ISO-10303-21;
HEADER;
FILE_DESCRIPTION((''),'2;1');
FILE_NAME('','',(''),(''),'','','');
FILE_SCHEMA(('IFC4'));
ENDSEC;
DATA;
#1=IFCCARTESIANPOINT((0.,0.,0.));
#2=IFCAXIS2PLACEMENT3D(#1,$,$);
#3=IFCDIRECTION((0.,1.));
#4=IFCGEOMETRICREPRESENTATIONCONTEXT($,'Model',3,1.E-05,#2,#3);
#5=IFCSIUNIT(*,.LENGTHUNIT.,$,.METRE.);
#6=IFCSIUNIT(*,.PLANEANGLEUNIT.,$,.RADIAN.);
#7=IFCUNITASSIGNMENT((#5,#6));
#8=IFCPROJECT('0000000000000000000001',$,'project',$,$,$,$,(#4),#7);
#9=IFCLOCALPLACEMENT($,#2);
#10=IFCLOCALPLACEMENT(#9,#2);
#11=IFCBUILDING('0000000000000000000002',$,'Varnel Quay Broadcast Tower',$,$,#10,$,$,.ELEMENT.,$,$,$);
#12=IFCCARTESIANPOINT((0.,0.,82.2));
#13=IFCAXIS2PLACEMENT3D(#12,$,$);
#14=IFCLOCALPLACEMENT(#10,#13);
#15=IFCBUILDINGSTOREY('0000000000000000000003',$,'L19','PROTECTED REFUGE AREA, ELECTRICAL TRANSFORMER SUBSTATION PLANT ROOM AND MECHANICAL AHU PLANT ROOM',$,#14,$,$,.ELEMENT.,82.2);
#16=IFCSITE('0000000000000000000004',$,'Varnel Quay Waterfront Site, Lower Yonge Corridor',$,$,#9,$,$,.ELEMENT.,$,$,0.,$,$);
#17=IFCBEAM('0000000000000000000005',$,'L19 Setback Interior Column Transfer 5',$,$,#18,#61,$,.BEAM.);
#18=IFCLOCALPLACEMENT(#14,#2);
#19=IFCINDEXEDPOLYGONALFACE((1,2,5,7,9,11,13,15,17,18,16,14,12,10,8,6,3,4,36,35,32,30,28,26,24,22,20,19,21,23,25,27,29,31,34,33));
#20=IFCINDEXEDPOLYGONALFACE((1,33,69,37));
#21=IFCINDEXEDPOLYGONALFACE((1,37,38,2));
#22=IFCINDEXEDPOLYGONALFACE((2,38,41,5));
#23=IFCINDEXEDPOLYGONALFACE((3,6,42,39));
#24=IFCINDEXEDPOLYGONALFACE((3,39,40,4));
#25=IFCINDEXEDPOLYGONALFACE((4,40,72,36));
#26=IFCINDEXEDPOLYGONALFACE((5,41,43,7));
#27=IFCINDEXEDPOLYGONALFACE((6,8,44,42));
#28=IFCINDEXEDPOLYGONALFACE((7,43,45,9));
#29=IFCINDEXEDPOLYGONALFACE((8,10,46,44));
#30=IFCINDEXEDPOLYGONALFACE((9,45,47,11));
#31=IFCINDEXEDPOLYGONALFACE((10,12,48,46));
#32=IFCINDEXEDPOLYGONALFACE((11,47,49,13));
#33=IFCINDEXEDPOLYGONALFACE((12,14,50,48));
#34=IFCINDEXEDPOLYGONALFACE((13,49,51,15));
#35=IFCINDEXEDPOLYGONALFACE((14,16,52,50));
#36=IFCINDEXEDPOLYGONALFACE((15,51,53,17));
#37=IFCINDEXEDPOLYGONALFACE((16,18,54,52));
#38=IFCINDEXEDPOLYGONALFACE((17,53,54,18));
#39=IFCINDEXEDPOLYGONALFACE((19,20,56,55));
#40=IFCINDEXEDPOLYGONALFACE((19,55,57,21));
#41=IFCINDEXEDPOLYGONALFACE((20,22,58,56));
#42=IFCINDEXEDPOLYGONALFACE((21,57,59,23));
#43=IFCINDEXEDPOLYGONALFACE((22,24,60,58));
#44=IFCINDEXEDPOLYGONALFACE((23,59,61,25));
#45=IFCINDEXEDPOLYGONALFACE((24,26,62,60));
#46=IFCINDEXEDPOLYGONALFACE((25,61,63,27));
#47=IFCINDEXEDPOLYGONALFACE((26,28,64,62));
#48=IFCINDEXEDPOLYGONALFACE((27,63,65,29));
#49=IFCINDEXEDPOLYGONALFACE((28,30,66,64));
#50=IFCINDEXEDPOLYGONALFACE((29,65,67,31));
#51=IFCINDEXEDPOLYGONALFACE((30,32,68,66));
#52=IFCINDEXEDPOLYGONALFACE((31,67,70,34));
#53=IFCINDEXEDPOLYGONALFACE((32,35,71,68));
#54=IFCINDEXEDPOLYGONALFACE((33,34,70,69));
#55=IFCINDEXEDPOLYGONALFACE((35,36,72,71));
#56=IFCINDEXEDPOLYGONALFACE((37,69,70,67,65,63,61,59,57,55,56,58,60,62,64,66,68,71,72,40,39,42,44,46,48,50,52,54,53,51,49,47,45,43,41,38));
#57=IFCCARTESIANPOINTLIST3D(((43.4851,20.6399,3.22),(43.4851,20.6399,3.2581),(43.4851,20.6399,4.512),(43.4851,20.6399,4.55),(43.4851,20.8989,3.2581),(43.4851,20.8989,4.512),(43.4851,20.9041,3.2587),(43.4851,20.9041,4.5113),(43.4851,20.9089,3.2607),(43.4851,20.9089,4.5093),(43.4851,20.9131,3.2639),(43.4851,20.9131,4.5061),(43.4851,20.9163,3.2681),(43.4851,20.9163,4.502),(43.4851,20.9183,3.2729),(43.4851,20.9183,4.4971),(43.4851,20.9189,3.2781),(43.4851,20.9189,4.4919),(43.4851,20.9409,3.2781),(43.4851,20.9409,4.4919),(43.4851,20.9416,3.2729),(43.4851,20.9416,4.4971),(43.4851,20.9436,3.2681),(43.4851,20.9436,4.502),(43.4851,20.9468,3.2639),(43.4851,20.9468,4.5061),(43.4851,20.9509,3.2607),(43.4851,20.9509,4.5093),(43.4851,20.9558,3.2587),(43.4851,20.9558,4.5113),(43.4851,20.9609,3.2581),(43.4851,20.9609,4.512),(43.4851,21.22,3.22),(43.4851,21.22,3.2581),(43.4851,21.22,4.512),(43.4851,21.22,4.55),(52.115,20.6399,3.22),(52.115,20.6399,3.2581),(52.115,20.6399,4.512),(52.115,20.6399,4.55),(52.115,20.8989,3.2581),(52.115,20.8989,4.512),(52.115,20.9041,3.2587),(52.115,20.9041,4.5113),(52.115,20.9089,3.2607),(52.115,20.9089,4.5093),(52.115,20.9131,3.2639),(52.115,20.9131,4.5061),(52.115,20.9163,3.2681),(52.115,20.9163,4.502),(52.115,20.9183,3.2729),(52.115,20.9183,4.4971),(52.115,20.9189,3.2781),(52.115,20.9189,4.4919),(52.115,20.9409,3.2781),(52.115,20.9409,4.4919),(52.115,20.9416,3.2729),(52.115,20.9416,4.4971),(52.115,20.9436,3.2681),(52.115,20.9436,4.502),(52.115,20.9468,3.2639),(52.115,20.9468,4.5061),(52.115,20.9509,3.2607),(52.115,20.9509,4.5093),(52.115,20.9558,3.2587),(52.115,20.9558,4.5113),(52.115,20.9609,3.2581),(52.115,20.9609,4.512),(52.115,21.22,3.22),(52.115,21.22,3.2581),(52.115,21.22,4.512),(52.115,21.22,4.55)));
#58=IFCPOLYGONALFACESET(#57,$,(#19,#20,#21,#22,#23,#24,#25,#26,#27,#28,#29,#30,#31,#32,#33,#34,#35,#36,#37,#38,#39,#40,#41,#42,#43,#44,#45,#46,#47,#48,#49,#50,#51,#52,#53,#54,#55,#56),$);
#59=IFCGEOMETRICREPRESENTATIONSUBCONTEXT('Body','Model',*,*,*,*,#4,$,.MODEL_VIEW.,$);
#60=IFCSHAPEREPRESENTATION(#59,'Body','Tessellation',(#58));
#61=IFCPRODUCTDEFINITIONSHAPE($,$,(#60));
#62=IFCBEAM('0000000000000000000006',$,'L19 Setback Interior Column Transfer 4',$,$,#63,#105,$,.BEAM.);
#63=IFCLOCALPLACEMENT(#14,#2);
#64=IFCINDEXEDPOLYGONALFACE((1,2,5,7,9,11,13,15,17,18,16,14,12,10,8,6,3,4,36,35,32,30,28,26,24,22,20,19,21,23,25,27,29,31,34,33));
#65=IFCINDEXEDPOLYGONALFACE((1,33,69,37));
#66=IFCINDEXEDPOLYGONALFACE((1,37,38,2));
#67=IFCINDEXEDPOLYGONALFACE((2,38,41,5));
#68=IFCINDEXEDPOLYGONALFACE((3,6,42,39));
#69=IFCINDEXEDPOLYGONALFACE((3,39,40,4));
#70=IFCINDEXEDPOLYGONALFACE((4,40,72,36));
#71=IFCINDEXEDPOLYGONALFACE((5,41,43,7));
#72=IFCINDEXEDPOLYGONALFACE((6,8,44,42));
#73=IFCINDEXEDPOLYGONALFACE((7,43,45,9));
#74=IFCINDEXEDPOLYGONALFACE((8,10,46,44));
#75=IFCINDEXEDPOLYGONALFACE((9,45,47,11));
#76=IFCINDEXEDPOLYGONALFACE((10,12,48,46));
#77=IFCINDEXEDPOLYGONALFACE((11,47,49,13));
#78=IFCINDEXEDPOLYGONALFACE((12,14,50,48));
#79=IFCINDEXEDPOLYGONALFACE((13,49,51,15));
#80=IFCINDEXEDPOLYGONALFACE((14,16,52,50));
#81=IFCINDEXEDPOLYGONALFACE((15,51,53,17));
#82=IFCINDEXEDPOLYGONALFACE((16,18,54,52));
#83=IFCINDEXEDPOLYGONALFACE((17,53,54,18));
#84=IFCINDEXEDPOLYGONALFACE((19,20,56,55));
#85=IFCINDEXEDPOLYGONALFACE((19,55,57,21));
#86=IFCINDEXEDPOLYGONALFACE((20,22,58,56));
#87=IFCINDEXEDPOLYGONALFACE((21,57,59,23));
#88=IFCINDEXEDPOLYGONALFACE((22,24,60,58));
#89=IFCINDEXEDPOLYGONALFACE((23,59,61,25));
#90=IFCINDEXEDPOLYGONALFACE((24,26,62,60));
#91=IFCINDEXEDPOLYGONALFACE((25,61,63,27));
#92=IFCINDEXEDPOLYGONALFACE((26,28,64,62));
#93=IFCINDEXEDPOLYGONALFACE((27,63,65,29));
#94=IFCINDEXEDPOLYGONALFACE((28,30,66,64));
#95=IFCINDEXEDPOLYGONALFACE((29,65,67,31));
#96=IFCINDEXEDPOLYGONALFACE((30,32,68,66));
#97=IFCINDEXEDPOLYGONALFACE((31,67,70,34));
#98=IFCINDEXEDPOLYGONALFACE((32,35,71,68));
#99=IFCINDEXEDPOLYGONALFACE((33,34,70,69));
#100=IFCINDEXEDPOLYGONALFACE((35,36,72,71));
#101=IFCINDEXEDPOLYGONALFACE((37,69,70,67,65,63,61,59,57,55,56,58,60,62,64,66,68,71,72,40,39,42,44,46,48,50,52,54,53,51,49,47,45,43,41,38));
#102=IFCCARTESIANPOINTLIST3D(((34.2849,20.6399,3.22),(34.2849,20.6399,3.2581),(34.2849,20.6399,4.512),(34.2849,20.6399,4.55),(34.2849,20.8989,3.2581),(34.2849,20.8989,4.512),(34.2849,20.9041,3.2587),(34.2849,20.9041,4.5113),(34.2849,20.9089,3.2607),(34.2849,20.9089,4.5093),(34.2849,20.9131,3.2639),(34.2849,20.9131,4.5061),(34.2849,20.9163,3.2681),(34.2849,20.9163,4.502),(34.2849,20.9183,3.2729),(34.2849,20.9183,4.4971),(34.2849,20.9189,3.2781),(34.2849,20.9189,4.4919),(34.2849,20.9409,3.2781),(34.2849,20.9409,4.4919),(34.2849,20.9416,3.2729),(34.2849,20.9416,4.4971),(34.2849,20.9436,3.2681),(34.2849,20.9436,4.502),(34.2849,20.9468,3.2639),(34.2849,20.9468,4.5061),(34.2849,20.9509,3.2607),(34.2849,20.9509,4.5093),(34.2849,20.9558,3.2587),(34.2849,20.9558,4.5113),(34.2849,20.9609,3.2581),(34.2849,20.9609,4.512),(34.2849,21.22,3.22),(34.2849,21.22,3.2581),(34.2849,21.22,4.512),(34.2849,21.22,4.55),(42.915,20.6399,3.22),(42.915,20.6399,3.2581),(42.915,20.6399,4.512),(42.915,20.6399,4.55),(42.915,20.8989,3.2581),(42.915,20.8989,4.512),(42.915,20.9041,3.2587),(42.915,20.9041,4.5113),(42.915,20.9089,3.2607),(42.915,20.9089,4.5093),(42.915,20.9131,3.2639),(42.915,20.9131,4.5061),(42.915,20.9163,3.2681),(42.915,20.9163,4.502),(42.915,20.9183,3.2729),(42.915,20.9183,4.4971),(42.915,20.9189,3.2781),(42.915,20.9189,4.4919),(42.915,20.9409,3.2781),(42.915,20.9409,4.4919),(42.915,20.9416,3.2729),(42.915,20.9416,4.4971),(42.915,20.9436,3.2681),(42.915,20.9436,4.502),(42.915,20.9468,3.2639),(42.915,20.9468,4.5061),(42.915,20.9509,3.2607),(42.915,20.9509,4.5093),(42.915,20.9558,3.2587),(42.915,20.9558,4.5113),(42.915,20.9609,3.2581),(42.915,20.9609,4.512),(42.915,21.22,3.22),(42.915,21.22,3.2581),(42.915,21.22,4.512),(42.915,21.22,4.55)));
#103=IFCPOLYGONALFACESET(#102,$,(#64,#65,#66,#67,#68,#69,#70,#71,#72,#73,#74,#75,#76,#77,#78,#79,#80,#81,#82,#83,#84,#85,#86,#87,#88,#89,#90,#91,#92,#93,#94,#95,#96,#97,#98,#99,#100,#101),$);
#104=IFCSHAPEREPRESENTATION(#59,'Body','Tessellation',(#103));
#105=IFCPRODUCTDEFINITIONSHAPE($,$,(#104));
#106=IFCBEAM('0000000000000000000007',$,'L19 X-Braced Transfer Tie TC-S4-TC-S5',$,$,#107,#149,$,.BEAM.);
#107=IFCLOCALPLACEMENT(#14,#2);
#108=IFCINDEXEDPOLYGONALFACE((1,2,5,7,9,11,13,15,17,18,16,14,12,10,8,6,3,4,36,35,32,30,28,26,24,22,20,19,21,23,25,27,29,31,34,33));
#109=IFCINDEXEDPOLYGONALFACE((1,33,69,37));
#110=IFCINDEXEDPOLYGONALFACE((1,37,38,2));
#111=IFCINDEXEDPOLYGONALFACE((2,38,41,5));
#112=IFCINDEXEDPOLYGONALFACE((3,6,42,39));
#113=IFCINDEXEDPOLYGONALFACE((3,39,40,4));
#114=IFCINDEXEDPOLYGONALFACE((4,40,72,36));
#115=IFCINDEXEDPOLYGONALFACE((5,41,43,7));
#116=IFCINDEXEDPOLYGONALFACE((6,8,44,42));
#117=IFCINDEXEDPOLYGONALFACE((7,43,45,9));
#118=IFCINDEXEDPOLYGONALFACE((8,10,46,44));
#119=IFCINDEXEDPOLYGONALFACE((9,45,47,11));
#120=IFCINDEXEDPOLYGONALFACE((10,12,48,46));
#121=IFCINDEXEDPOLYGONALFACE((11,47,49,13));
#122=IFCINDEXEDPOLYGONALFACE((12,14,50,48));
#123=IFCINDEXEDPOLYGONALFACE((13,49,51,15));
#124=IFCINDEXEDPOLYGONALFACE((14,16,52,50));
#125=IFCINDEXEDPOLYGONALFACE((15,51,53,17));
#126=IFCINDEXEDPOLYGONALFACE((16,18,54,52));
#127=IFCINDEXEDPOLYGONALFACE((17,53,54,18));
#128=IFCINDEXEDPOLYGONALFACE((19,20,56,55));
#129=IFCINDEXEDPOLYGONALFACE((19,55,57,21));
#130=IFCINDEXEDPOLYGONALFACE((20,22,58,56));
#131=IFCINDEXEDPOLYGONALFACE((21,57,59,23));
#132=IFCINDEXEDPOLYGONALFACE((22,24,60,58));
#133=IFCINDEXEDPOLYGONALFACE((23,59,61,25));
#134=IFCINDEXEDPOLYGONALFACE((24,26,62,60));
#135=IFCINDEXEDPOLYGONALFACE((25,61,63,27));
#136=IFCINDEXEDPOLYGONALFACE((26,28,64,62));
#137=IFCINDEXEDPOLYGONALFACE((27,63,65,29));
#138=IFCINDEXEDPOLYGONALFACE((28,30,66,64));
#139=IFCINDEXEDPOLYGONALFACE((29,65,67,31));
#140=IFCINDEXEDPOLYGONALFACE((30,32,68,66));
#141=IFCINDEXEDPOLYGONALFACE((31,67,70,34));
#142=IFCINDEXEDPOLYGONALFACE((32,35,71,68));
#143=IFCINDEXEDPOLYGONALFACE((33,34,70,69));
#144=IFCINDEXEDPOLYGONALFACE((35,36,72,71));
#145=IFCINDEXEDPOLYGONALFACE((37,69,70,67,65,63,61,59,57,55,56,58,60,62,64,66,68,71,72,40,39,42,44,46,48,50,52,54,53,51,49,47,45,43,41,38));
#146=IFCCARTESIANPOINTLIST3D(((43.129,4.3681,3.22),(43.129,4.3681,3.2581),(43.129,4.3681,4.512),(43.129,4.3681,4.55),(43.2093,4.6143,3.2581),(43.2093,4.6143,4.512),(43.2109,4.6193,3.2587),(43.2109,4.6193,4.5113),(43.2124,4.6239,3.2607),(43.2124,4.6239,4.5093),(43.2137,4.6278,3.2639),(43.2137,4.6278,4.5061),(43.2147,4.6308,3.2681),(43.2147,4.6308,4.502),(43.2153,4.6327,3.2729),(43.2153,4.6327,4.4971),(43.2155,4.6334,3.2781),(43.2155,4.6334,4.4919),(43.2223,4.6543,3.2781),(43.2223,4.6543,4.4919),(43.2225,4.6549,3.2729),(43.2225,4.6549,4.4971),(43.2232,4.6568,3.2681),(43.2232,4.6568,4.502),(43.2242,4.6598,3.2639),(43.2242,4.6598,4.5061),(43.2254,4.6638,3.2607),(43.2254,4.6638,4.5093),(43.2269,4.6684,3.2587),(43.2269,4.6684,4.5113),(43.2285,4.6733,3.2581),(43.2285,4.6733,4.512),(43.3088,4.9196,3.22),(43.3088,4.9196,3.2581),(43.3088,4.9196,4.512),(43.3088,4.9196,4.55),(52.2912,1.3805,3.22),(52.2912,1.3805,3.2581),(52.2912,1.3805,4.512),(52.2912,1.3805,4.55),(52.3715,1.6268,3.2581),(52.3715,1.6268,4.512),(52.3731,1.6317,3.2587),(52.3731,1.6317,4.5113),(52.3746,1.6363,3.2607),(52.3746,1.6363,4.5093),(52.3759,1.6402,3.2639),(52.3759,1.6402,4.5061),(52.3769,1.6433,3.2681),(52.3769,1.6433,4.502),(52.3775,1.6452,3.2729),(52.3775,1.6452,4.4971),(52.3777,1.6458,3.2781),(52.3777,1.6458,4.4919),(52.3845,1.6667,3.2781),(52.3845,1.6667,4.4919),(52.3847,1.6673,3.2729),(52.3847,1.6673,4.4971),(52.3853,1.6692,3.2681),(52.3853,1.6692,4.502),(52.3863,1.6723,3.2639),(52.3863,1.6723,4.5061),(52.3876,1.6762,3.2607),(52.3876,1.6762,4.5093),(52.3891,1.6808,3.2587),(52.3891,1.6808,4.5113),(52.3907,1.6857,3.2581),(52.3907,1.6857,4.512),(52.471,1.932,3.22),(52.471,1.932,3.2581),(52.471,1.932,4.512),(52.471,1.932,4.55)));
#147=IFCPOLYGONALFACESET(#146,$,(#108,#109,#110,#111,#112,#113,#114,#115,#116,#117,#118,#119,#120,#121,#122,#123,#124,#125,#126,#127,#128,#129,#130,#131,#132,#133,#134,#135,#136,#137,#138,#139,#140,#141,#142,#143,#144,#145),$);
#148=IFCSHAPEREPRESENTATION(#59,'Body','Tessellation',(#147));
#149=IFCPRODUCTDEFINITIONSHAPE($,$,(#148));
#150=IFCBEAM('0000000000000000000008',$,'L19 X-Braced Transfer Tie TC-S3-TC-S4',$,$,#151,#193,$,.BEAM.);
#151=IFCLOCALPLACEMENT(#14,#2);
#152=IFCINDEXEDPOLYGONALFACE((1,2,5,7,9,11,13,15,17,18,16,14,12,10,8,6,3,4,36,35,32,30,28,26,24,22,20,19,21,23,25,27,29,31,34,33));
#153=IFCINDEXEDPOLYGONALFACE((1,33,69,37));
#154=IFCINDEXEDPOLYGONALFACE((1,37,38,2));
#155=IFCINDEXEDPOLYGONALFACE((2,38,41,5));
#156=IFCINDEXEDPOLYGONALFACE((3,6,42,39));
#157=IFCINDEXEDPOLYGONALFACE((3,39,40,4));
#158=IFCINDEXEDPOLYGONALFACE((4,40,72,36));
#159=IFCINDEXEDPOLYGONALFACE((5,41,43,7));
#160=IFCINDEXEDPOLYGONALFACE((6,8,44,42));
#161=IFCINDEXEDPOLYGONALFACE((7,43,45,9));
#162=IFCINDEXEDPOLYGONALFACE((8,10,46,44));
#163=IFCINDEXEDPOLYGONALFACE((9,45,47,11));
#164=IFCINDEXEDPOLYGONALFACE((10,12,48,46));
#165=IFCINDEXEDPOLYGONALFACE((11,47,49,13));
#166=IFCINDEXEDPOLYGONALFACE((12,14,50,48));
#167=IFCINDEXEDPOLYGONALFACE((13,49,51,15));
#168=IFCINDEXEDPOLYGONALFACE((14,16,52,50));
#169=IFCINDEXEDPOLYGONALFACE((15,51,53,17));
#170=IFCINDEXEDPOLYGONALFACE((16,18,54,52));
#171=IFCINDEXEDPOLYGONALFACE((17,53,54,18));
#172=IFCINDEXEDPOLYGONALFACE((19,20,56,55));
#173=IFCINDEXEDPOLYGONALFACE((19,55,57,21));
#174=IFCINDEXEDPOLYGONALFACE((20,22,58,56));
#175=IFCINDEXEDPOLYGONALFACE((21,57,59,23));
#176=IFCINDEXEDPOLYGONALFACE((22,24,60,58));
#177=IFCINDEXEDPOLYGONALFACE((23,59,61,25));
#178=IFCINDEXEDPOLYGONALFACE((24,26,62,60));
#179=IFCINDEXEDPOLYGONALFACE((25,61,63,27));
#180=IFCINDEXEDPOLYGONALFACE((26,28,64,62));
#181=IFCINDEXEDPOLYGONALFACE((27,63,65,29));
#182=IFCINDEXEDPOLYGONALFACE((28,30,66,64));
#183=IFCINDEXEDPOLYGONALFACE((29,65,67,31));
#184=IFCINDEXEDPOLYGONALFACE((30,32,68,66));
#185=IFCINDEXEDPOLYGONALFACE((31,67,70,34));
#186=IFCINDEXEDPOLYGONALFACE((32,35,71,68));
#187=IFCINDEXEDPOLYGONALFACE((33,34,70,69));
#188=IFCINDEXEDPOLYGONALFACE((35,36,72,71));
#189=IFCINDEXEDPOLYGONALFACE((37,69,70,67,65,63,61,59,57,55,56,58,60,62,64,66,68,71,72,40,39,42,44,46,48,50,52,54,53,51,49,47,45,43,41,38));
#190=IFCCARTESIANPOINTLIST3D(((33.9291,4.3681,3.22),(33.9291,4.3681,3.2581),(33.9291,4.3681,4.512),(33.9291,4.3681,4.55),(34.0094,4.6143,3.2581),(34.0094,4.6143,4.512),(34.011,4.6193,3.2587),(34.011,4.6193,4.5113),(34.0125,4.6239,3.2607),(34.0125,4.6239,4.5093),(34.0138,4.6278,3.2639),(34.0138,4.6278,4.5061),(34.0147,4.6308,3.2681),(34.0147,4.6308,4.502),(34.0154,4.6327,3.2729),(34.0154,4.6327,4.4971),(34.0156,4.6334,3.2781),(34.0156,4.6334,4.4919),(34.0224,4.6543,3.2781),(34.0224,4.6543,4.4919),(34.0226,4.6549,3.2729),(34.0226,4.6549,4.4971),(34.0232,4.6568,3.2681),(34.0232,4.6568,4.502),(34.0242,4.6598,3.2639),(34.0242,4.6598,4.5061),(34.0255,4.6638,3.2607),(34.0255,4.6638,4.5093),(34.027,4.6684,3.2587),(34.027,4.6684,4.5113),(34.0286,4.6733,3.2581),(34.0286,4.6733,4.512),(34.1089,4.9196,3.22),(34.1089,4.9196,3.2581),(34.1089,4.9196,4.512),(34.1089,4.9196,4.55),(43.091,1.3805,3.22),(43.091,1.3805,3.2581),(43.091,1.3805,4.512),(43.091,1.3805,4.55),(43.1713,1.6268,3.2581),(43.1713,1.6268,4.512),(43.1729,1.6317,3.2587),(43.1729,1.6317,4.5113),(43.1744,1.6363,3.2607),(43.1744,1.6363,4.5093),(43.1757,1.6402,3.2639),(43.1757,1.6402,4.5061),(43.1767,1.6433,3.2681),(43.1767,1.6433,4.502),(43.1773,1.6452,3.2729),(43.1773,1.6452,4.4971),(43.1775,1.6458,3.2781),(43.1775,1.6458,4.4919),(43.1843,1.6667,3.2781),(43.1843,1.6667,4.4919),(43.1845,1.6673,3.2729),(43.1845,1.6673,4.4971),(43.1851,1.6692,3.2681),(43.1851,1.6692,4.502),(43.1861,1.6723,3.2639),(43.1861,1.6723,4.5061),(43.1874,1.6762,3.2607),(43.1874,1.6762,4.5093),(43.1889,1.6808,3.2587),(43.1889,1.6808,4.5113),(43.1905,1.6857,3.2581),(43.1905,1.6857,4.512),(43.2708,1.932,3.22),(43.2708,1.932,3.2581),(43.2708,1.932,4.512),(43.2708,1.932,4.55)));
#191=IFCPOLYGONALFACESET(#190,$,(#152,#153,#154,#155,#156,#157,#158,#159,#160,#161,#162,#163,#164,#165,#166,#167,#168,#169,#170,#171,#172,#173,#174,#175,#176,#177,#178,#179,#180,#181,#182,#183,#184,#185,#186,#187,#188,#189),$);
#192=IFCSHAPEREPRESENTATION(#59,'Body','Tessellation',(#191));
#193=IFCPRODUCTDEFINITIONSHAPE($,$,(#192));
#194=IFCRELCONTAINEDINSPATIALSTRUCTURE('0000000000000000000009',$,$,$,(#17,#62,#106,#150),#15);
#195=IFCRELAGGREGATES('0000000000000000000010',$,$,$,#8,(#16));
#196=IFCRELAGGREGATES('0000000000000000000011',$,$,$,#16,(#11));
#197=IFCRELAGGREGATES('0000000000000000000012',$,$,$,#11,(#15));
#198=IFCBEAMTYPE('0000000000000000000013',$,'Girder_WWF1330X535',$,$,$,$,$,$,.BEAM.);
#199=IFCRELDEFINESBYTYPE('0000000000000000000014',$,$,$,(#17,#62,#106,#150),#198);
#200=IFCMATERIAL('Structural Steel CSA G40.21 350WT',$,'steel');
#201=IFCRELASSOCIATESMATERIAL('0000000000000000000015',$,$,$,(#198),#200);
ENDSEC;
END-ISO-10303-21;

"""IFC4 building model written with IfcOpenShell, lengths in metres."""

from ifc_helpers import new_model, si_unit, direction, frame, origin, origin_2d, place, context, subcontext, project, spatial, i_section, extrude, source, transform, mapped, material, material_profile, profile_set, type_object, element, save


model = new_model("IFC4")

# Units and contexts
model_context = context("Model", 3, precision=1e-05, world=origin(), true_north=direction((0.0, 1.0)))
body_context = subcontext(model_context, "Body", "Model", "MODEL_VIEW")
ifc_project = project(units=[si_unit("LENGTHUNIT", "METRE"), si_unit("PLANEANGLEUNIT", "RADIAN")], contexts=[model_context])

# Site, building, storey
site_placement = place(None, origin())
site = spatial("IfcSite", under=ifc_project, at=site_placement, Name="Varnel Quay Waterfront Site, Lower Yonge Corridor", CompositionType="ELEMENT", RefElevation=0.0)
building_placement = place(site_placement, origin())
building = spatial("IfcBuilding", under=site, at=building_placement, Name="Varnel Quay Broadcast Tower", CompositionType="ELEMENT")
storey_placement = place(building_placement, frame((0.0, 0.0, 82.2)))
storey = spatial("IfcBuildingStorey", under=building, at=storey_placement, Name="L19", Description="PROTECTED REFUGE AREA, ELECTRICAL TRANSFORMER SUBSTATION PLANT ROOM AND MECHANICAL AHU PLANT ROOM", CompositionType="ELEMENT", Elevation=82.2)

# Beams
ifc_material_1 = material(Name="Structural Steel CSA G40.21 350WT", Category="steel")
ifc_material_profile_1 = material_profile(ifc_material_1, i_section(OverallWidth=0.5801, OverallDepth=1.3301, WebThickness=0.022, FlangeThickness=0.0381, FilletRadius=0.02, at=origin_2d()), Name="WWF1330X535")
ifc_profile_set_1 = profile_set([ifc_material_profile_1], Name="Structural Steel CSA G40.21 350WT")
beam_type_1 = type_object("IfcBeamType", Name="Girder_WWF1330X535", PredefinedType="BEAM", material=ifc_profile_set_1)
shared_shape_1 = source(origin(), body_context, "Body", "SweptSolid", [
    extrude(i_section(OverallWidth=0.5801, OverallDepth=1.3301, WebThickness=0.022, FlangeThickness=0.0381, FilletRadius=0.02, at=origin_2d()), origin(), (0.0, 0.0, 1.0), 8.6299),
])
beam_1_placement = place(storey_placement, frame((43.4851, 20.9299, 3.885), z_axis=(1.0, 0.0, 0.0), x_axis=(0.0, 1.0, 0.0)))
element("IfcBeam", 1, at=beam_1_placement, inside=storey, type_object=beam_type_1, Name="L19 Setback Interior Column Transfer 5", PredefinedType="BEAM", context=body_context, shape_type="MappedRepresentation", body=[
    mapped(shared_shape_1, transform((0.0, 0.0, 0.0), x_axis=(1.0, 0.0, 0.0), y_axis=(0.0, 1.0, 0.0), z_axis=(0.0, 0.0, 1.0), scale=1.0)),
])
shared_shape_2 = source(origin(), body_context, "Body", "SweptSolid", [
    extrude(i_section(OverallWidth=0.5801, OverallDepth=1.3301, WebThickness=0.022, FlangeThickness=0.0381, FilletRadius=0.02, at=origin_2d()), origin(), (0.0, 0.0, 1.0), 8.6301),
])
beam_2_placement = place(storey_placement, frame((34.2849, 20.9299, 3.885), z_axis=(1.0, 0.0, 0.0), x_axis=(0.0, 1.0, 0.0)))
element("IfcBeam", 2, at=beam_2_placement, inside=storey, type_object=beam_type_1, Name="L19 Setback Interior Column Transfer 4", PredefinedType="BEAM", context=body_context, shape_type="MappedRepresentation", body=[
    mapped(shared_shape_2, transform((0.0, 0.0, 0.0), x_axis=(1.0, 0.0, 0.0), y_axis=(0.0, 1.0, 0.0), z_axis=(0.0, 0.0, 1.0), scale=1.0)),
])
shared_shape_3 = source(origin(), body_context, "Body", "SweptSolid", [
    extrude(i_section(OverallWidth=0.5801, OverallDepth=1.3301, WebThickness=0.022, FlangeThickness=0.0381, FilletRadius=0.02, at=origin_2d()), origin(), (0.0, 0.0, 1.0), 9.637),
])
beam_3_placement = place(storey_placement, frame((52.3811, 1.6562, 3.885), z_axis=(-0.950733, 0.310012, 0.0), x_axis=(-0.310012, -0.950733, 0.0)))
element("IfcBeam", 3, at=beam_3_placement, inside=storey, type_object=beam_type_1, Name="L19 X-Braced Transfer Tie TC-S4-TC-S5", PredefinedType="BEAM", context=body_context, shape_type="MappedRepresentation", body=[
    mapped(shared_shape_3, transform((0.0, 0.0, 0.0), x_axis=(1.0, 0.0, 0.0), y_axis=(0.0, 1.0, 0.0), z_axis=(0.0, 0.0, 1.0), scale=1.0)),
])
shared_shape_4 = source(origin(), body_context, "Body", "SweptSolid", [
    extrude(i_section(OverallWidth=0.5801, OverallDepth=1.3301, WebThickness=0.022, FlangeThickness=0.0381, FilletRadius=0.02, at=origin_2d()), origin(), (0.0, 0.0, 1.0), 9.6367),
])
beam_4_placement = place(storey_placement, frame((43.1809, 1.6562, 3.885), z_axis=(-0.95073, 0.310019, 0.0), x_axis=(-0.310019, -0.95073, 0.0)))
element("IfcBeam", 4, at=beam_4_placement, inside=storey, type_object=beam_type_1, Name="L19 X-Braced Transfer Tie TC-S3-TC-S4", PredefinedType="BEAM", context=body_context, shape_type="MappedRepresentation", body=[
    mapped(shared_shape_4, transform((0.0, 0.0, 0.0), x_axis=(1.0, 0.0, 0.0), y_axis=(0.0, 1.0, 0.0), z_axis=(0.0, 0.0, 1.0), scale=1.0)),
])

save(model, "model.ifc")
